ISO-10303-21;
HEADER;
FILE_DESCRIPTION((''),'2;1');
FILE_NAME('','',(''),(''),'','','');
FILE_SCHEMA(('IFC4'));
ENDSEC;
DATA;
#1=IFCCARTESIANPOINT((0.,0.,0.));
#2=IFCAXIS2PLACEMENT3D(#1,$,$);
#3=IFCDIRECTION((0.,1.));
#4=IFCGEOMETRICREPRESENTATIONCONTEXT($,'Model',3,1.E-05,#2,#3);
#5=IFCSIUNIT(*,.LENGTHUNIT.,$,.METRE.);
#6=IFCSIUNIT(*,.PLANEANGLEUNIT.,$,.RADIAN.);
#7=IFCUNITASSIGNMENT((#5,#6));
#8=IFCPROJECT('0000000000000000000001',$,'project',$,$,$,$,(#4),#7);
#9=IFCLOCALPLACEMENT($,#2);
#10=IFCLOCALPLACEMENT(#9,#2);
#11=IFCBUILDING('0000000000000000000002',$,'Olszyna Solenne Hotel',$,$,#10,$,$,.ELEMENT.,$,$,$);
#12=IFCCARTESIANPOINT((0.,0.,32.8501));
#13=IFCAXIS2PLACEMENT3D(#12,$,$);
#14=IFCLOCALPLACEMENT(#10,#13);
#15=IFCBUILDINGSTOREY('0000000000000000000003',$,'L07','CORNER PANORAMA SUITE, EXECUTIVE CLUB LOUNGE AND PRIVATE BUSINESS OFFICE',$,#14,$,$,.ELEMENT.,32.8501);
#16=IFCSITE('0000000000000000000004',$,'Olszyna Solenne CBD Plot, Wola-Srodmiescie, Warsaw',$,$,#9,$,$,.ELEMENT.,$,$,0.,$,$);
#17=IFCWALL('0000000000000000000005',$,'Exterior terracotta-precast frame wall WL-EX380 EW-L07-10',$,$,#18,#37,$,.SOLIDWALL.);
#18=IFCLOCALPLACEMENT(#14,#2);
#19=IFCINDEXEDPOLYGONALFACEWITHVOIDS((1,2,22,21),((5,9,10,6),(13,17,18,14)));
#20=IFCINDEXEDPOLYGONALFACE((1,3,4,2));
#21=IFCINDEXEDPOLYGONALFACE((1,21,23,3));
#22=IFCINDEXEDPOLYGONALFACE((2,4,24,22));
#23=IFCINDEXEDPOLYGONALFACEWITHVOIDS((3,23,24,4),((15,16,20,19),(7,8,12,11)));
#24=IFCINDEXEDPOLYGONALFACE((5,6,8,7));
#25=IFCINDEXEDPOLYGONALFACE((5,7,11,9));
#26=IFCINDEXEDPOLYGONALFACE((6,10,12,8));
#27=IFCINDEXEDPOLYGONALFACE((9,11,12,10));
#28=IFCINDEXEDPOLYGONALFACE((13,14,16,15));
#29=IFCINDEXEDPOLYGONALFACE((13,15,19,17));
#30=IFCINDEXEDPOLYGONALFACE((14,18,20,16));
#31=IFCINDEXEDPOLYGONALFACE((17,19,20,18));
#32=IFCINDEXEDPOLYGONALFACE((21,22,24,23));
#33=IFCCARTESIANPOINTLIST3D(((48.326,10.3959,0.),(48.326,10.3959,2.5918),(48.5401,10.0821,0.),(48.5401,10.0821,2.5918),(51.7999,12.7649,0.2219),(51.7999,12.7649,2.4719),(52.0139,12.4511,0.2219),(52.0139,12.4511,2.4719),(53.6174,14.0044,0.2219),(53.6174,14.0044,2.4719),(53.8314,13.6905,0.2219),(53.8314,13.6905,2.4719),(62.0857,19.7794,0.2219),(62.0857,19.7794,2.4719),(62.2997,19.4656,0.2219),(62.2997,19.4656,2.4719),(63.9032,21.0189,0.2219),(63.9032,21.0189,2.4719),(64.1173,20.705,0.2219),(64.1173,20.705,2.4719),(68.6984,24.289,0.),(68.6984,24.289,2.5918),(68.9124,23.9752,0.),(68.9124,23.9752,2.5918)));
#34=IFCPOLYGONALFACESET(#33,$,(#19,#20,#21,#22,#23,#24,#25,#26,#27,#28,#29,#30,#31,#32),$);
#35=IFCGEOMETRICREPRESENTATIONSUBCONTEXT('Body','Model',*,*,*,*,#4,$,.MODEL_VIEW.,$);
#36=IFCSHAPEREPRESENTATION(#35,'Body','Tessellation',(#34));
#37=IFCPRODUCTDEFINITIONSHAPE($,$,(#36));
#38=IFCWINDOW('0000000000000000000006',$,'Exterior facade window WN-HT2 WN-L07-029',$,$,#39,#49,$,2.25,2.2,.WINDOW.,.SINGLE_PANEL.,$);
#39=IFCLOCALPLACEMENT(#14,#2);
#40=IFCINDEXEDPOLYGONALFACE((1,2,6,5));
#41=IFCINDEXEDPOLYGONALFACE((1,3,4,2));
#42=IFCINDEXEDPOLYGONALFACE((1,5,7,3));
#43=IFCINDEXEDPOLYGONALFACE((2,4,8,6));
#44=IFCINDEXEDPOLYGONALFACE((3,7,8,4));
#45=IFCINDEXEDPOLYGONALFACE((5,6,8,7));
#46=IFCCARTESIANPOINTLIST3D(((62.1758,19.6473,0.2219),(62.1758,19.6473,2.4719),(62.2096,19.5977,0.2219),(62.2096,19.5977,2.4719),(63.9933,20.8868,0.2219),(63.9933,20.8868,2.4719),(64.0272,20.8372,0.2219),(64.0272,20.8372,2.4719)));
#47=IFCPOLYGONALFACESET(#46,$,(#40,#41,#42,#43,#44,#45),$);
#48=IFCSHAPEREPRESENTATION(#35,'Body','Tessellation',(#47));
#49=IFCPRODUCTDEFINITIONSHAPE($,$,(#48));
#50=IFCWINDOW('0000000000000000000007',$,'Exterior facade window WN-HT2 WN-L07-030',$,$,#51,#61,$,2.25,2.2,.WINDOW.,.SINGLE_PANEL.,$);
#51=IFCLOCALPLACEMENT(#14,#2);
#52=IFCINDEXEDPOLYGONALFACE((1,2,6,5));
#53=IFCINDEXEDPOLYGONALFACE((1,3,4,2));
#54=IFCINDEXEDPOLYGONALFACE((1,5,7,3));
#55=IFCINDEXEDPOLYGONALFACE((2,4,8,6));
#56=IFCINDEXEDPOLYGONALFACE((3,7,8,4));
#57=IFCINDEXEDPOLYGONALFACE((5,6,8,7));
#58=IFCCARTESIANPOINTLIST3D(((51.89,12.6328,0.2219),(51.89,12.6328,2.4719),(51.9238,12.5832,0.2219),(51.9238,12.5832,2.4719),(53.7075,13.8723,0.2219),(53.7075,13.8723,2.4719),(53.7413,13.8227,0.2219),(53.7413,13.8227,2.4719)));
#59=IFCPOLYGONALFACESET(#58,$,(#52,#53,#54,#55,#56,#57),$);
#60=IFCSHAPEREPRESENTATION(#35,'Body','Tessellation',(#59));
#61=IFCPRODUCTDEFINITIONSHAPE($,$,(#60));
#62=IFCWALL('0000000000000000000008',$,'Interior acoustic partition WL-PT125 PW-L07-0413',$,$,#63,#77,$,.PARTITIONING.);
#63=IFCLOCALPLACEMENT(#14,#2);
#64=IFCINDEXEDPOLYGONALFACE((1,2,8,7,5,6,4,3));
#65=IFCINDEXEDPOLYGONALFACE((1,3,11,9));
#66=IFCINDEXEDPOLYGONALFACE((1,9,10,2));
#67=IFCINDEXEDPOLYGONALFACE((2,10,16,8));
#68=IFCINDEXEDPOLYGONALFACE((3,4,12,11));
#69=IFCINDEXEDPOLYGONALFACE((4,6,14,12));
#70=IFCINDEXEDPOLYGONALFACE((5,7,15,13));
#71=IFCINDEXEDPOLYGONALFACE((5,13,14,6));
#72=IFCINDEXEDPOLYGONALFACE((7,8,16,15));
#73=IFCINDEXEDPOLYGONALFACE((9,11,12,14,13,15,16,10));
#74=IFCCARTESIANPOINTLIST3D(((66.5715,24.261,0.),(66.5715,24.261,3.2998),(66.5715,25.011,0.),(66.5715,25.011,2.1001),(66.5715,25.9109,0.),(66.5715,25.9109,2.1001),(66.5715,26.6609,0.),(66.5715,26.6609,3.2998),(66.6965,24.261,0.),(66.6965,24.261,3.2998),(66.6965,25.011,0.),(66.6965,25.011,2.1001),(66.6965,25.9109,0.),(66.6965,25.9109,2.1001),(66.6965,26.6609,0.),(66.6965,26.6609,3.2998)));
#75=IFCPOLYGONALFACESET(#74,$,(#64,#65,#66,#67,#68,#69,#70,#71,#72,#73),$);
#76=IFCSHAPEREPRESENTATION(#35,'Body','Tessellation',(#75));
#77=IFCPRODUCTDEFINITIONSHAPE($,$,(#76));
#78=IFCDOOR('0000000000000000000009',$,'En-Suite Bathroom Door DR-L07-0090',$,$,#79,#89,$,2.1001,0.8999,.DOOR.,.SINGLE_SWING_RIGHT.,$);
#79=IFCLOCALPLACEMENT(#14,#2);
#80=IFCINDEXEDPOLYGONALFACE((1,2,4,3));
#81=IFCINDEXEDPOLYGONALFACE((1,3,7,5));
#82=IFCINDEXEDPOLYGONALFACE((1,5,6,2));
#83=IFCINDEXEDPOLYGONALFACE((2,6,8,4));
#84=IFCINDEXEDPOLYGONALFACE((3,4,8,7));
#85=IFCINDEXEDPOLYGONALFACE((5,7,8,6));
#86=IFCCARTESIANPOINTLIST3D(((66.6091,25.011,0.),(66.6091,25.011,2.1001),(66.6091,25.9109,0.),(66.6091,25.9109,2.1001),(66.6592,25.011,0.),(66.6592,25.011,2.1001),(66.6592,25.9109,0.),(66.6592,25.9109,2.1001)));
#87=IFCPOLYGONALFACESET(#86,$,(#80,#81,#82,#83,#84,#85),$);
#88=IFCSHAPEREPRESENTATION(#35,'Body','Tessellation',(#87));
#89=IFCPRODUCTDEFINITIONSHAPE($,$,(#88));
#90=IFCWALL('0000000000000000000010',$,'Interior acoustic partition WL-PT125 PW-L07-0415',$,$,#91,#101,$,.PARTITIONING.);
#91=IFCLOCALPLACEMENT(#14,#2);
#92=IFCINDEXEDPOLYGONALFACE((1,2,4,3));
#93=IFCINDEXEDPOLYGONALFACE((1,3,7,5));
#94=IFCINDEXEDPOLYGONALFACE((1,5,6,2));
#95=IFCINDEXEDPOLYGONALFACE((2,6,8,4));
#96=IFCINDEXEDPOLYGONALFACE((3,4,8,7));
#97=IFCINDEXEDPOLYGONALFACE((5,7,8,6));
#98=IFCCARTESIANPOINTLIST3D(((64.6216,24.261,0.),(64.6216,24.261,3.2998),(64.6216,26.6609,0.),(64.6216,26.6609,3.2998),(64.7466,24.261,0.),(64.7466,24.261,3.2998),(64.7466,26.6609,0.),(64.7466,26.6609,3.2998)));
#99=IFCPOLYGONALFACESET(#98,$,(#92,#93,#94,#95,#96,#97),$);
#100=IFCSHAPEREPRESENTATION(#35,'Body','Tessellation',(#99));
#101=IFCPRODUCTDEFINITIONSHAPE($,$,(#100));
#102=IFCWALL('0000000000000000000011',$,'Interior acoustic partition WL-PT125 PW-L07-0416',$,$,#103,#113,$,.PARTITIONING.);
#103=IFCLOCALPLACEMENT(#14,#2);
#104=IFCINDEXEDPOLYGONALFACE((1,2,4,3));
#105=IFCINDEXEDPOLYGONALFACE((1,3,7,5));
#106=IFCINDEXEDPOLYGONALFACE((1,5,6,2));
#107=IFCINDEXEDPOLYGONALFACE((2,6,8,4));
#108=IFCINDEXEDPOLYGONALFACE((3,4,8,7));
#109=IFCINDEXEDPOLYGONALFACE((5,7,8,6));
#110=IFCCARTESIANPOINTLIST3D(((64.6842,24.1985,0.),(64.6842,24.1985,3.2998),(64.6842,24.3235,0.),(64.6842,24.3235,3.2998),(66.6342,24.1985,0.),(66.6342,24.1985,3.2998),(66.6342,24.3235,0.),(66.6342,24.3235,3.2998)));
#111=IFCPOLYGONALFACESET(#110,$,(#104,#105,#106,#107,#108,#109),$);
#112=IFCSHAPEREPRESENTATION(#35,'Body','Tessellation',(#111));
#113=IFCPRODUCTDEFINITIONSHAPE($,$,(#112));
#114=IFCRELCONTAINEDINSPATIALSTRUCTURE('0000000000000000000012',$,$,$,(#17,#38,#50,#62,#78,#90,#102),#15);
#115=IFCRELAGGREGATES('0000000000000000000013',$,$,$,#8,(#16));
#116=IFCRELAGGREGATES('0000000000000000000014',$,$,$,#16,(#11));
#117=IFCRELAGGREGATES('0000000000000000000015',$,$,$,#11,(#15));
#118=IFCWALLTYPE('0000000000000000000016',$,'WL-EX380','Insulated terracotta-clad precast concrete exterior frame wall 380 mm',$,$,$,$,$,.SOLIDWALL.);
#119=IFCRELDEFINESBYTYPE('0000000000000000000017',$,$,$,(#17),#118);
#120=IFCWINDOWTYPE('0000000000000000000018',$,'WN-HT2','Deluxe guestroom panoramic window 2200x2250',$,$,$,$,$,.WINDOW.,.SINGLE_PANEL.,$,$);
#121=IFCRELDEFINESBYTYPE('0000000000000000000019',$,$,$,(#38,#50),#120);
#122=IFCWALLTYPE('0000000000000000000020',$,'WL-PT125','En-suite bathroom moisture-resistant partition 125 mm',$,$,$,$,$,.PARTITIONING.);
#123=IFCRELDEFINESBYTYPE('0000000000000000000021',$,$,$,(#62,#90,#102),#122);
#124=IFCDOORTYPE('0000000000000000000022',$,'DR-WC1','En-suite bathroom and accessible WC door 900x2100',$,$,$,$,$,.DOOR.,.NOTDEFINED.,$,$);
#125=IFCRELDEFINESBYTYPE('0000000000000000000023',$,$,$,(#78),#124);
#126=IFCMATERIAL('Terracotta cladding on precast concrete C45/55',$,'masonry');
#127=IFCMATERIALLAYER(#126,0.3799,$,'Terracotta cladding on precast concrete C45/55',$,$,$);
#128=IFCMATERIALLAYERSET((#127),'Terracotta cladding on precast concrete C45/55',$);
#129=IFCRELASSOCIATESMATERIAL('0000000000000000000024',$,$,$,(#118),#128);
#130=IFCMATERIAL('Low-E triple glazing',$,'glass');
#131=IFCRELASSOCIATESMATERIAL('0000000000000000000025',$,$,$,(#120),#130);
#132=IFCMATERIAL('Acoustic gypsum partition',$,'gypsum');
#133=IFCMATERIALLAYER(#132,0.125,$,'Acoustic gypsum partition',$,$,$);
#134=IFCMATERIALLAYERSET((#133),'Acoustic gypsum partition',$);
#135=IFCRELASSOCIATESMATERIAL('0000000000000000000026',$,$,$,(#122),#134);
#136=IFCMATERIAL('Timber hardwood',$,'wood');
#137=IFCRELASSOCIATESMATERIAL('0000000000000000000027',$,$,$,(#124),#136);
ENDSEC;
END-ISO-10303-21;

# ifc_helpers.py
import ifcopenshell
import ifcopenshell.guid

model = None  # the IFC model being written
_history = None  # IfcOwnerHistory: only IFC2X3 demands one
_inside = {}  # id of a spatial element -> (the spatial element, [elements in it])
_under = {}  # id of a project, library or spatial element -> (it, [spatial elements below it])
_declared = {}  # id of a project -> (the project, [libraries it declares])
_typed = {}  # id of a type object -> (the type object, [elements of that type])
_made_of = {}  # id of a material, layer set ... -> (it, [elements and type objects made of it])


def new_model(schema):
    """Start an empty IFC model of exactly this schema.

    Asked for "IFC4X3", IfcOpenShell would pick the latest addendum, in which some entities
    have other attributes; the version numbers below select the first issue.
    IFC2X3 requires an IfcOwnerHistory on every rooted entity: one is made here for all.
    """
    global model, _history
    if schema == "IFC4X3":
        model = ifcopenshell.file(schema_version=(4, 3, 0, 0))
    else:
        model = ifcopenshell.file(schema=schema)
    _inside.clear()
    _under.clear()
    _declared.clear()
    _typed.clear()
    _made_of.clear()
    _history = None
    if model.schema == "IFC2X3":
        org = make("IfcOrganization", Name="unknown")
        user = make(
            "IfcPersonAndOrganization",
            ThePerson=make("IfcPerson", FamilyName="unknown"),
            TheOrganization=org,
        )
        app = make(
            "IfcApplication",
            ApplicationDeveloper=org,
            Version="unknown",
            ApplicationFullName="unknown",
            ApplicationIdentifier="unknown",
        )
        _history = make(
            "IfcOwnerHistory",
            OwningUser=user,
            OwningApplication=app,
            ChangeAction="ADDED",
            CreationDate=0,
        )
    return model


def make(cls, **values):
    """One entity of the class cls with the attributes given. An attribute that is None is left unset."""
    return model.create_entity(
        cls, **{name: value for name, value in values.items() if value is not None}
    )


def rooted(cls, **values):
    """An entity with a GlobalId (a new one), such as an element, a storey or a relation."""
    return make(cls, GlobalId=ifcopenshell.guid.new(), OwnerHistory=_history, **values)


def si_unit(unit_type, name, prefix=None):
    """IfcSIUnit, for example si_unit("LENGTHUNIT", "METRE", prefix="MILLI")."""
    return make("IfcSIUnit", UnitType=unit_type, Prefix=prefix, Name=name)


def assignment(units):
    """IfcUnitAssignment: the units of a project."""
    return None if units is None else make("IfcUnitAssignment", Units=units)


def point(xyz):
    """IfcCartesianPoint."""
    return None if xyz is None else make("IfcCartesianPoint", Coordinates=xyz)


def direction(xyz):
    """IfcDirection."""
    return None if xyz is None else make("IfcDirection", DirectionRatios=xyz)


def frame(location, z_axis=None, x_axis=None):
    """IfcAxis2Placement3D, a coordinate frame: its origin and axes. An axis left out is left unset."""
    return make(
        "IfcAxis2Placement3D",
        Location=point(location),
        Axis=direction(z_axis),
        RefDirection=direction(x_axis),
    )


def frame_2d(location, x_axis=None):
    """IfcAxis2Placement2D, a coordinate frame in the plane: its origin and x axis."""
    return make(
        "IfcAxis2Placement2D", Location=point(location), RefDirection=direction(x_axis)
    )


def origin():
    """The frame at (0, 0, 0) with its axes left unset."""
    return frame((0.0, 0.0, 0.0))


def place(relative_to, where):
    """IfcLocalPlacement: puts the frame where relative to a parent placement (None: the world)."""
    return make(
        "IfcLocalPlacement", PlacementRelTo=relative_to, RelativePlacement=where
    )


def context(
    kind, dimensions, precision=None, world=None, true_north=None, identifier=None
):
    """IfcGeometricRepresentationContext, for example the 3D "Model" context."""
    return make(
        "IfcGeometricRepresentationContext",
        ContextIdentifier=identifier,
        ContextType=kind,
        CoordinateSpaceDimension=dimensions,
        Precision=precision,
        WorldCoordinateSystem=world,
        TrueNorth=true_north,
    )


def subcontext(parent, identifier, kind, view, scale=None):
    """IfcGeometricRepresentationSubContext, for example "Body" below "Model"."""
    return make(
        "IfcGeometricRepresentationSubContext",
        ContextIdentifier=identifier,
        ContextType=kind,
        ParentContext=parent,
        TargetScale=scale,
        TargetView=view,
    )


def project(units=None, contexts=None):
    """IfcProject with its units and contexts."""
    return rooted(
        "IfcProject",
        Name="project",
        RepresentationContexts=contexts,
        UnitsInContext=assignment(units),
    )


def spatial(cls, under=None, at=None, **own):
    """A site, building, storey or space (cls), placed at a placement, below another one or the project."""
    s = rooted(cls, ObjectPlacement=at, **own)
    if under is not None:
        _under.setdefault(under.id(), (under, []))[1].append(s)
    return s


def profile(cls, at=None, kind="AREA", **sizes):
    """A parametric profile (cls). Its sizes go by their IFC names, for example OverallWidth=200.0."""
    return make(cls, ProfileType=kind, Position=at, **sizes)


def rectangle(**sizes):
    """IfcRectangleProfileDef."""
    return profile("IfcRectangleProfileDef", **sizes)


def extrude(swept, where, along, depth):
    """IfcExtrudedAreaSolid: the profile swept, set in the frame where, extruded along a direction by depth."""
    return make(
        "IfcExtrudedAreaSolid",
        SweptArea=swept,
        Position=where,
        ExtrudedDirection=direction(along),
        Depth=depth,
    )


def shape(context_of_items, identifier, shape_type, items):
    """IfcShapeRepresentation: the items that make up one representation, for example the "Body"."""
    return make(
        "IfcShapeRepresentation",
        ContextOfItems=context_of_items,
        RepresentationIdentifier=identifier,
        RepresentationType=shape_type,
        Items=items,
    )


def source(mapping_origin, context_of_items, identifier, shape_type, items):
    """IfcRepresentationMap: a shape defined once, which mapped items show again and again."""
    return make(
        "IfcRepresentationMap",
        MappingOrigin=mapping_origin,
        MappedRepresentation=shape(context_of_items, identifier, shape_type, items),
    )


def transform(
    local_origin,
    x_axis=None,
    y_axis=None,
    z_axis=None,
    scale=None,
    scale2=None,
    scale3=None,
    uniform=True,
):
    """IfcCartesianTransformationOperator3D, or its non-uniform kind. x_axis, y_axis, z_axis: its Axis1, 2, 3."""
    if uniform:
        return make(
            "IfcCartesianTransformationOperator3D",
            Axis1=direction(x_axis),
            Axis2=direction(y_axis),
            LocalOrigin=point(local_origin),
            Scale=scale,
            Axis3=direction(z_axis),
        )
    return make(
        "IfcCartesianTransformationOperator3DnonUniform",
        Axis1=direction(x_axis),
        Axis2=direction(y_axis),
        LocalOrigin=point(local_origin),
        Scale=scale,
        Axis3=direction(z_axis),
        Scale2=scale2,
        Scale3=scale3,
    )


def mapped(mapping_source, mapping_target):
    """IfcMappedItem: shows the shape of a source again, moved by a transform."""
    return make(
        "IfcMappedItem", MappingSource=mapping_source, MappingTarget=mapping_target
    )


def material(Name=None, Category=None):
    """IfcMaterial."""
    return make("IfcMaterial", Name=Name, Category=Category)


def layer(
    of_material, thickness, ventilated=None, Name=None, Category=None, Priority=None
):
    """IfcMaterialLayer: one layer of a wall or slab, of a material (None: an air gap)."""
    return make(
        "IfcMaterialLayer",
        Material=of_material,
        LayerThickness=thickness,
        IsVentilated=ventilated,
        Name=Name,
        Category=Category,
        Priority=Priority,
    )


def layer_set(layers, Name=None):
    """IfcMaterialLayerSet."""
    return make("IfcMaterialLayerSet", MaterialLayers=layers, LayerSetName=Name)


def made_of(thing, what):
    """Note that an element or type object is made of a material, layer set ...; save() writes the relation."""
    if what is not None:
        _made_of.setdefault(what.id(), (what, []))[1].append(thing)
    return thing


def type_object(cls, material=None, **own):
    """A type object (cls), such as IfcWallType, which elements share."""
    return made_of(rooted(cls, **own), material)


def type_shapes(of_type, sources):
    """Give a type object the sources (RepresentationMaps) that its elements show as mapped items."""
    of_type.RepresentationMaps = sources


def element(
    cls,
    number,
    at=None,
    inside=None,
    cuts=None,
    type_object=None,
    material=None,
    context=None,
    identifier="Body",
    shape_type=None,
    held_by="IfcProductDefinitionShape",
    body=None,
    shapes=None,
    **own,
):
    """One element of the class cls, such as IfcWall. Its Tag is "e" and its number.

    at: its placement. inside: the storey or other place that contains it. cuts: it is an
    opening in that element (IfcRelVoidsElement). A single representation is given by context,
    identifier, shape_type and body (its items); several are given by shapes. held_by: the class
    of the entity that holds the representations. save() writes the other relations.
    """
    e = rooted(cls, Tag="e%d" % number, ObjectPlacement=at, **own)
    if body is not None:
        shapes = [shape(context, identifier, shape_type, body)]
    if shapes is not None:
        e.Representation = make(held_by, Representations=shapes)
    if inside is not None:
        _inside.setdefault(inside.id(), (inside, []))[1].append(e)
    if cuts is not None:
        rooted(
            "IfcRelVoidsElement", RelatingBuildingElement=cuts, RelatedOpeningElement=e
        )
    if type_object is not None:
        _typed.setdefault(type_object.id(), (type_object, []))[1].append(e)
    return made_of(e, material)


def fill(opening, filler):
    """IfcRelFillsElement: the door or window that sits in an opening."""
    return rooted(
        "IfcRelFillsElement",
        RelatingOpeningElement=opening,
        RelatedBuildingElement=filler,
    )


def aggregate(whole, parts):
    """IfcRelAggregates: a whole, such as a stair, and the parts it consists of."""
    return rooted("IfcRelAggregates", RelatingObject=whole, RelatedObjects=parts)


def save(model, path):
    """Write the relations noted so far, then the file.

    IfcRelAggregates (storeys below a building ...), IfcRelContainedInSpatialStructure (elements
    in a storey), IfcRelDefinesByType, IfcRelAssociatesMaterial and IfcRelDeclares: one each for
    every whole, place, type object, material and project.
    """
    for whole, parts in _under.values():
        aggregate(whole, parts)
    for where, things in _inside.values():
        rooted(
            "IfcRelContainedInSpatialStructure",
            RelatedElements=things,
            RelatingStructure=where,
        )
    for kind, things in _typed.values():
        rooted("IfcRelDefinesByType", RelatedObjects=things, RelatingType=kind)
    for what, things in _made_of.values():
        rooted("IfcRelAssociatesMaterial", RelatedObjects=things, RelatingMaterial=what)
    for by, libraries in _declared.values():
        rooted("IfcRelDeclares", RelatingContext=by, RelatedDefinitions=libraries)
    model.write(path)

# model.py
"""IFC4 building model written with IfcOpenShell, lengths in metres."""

from ifc_helpers import new_model, si_unit, direction, frame, frame_2d, origin, place, context, subcontext, project, spatial, rectangle, extrude, source, transform, mapped, material, layer, layer_set, type_object, type_shapes, element, fill, save


model = new_model("IFC4")

# Units and contexts
model_context = context("Model", 3, precision=1e-05, world=origin(), true_north=direction((0.0, 1.0)))
body_context = subcontext(model_context, "Body", "Model", "MODEL_VIEW")
ifc_project = project(units=[si_unit("LENGTHUNIT", "METRE"), si_unit("PLANEANGLEUNIT", "RADIAN")], contexts=[model_context])

# Site, building, storey
site_placement = place(None, origin())
site = spatial("IfcSite", under=ifc_project, at=site_placement, Name="Olszyna Solenne CBD Plot, Wola-Srodmiescie, Warsaw", CompositionType="ELEMENT", RefElevation=0.0)
building_placement = place(site_placement, origin())
building = spatial("IfcBuilding", under=site, at=building_placement, Name="Olszyna Solenne Hotel", CompositionType="ELEMENT")
storey_placement = place(building_placement, frame((0.0, 0.0, 32.8501)))
storey = spatial("IfcBuildingStorey", under=building, at=storey_placement, Name="L07", Description="CORNER PANORAMA SUITE, EXECUTIVE CLUB LOUNGE AND PRIVATE BUSINESS OFFICE", CompositionType="ELEMENT", Elevation=32.8501)

# Wall, openings, windows
ifc_material_1 = material(Name="Terracotta cladding on precast concrete C45/55", Category="masonry")
ifc_layer_1 = layer(ifc_material_1, 0.3799, Name="Terracotta cladding on precast concrete C45/55")
ifc_layer_set_1 = layer_set([ifc_layer_1], Name="Terracotta cladding on precast concrete C45/55")
wall_type_1 = type_object("IfcWallType", Name="WL-EX380", Description="Insulated terracotta-clad precast concrete exterior frame wall 380 mm", PredefinedType="SOLIDWALL", material=ifc_layer_set_1)
wall_1_placement = place(storey_placement, frame((68.8054, 24.1321, 0.0), z_axis=(0.0, 0.0, 1.0), x_axis=(-0.826174, -0.563416, 0.0)))
wall_1 = element("IfcWall", 1, at=wall_1_placement, inside=storey, type_object=wall_type_1, Name="Exterior terracotta-precast frame wall WL-EX380 EW-L07-10", PredefinedType="SOLIDWALL", context=body_context, shape_type="SweptSolid", body=[
    extrude(rectangle(XDim=24.6587, YDim=0.3799, at=frame_2d((12.3293, 0.0))), origin(), (0.0, 0.0, 1.0), 2.5918),
])
opening_1_placement = place(wall_1_placement, frame((5.804, 0.0, 0.2219)))
opening_1 = element("IfcOpeningElement", 2, at=opening_1_placement, cuts=wall_1, PredefinedType="OPENING", context=body_context, shape_type="SweptSolid", body=[
    extrude(rectangle(XDim=2.2, YDim=2.25, at=frame_2d((1.1001, 1.125))), frame((0.0, 0.2, 0.0), z_axis=(0.0, -1.0, 0.0), x_axis=(1.0, 0.0, 0.0)), (0.0, 0.0, 1.0), 0.3999),
])
opening_2_placement = place(wall_1_placement, frame((18.2539, 0.0, 0.2219)))
opening_2 = element("IfcOpeningElement", 3, at=opening_2_placement, cuts=wall_1, PredefinedType="OPENING", context=body_context, shape_type="SweptSolid", body=[
    extrude(rectangle(XDim=2.2, YDim=2.25, at=frame_2d((1.1001, 1.125))), frame((0.0, 0.2, 0.0), z_axis=(0.0, -1.0, 0.0), x_axis=(1.0, 0.0, 0.0)), (0.0, 0.0, 1.0), 0.3999),
])
ifc_material_2 = material(Name="Low-E triple glazing", Category="glass")
window_type = type_object("IfcWindowType", Name="WN-HT2", Description="Deluxe guestroom panoramic window 2200x2250", PartitioningType="SINGLE_PANEL", PredefinedType="WINDOW", material=ifc_material_2)
shared_shape_1 = source(origin(), body_context, "Body", "SweptSolid", [
    extrude(rectangle(XDim=2.2, YDim=2.25, at=frame_2d((1.1001, 1.125))), frame((0.0, 0.03, 0.0), z_axis=(0.0, -1.0, 0.0), x_axis=(1.0, 0.0, 0.0)), (0.0, 0.0, 1.0), 0.0601),
])
type_shapes(window_type, [shared_shape_1])
window_1_placement = place(opening_1_placement, origin())
window_1 = element("IfcWindow", 4, at=window_1_placement, inside=storey, type_object=window_type, Name="Exterior facade window WN-HT2 WN-L07-029", OverallHeight=2.25, OverallWidth=2.2, PartitioningType="SINGLE_PANEL", PredefinedType="WINDOW", context=body_context, shape_type="MappedRepresentation", body=[
    mapped(shared_shape_1, transform((0.0, 0.0, 0.0), x_axis=(1.0, 0.0, 0.0), y_axis=(0.0, 1.0, 0.0), z_axis=(0.0, 0.0, 1.0), scale=1.0)),
])
fill(opening_1, window_1)
window_2_placement = place(opening_2_placement, origin())
window_2 = element("IfcWindow", 5, at=window_2_placement, inside=storey, type_object=window_type, Name="Exterior facade window WN-HT2 WN-L07-030", OverallHeight=2.25, OverallWidth=2.2, PartitioningType="SINGLE_PANEL", PredefinedType="WINDOW", context=body_context, shape_type="MappedRepresentation", body=[
    mapped(shared_shape_1, transform((0.0, 0.0, 0.0), x_axis=(1.0, 0.0, 0.0), y_axis=(0.0, 1.0, 0.0), z_axis=(0.0, 0.0, 1.0), scale=1.0)),
])
fill(opening_2, window_2)

# Wall, opening, door
ifc_material_3 = material(Name="Acoustic gypsum partition", Category="gypsum")
ifc_layer_2 = layer(ifc_material_3, 0.125, Name="Acoustic gypsum partition")
ifc_layer_set_2 = layer_set([ifc_layer_2], Name="Acoustic gypsum partition")
wall_type_2 = type_object("IfcWallType", Name="WL-PT125", Description="En-suite bathroom moisture-resistant partition 125 mm", PredefinedType="PARTITIONING", material=ifc_layer_set_2)
wall_2_placement = place(storey_placement, frame((66.634, 24.261, 0.0), z_axis=(0.0, 0.0, 1.0), x_axis=(0.0, 1.0, 0.0)))
wall_2 = element("IfcWall", 6, at=wall_2_placement, inside=storey, type_object=wall_type_2, Name="Interior acoustic partition WL-PT125 PW-L07-0413", PredefinedType="PARTITIONING", context=body_context, shape_type="SweptSolid", body=[
    extrude(rectangle(XDim=2.3999, YDim=0.125, at=frame_2d((1.2, 0.0))), origin(), (0.0, 0.0, 1.0), 3.2998),
])
opening_3_placement = place(wall_2_placement, frame((0.75, 0.0, 0.0)))
opening_3 = element("IfcOpeningElement", 7, at=opening_3_placement, cuts=wall_2, PredefinedType="OPENING", context=body_context, shape_type="SweptSolid", body=[
    extrude(rectangle(XDim=0.8999, YDim=2.1001, at=frame_2d((0.45, 1.05))), frame((0.0, 0.0725, 0.0), z_axis=(0.0, -1.0, 0.0), x_axis=(1.0, 0.0, 0.0)), (0.0, 0.0, 1.0), 0.145),
])
ifc_material_4 = material(Name="Timber hardwood", Category="wood")
door_type = type_object("IfcDoorType", Name="DR-WC1", Description="En-suite bathroom and accessible WC door 900x2100", OperationType="NOTDEFINED", PredefinedType="DOOR", material=ifc_material_4)
shared_shape_2 = source(origin(), body_context, "Body", "SweptSolid", [
    extrude(rectangle(XDim=0.8999, YDim=2.1001, at=frame_2d((0.45, 1.05))), frame((0.0, 0.0249, 0.0), z_axis=(0.0, -1.0, 0.0), x_axis=(1.0, 0.0, 0.0)), (0.0, 0.0, 1.0), 0.05),
])
type_shapes(door_type, [shared_shape_2])
door_placement = place(opening_3_placement, origin())
door = element("IfcDoor", 8, at=door_placement, inside=storey, type_object=door_type, Name="En-Suite Bathroom Door DR-L07-0090", OperationType="SINGLE_SWING_RIGHT", OverallHeight=2.1001, OverallWidth=0.8999, PredefinedType="DOOR", context=body_context, shape_type="MappedRepresentation", body=[
    mapped(shared_shape_2, transform((0.0, 0.0, 0.0), x_axis=(1.0, 0.0, 0.0), y_axis=(0.0, 1.0, 0.0), z_axis=(0.0, 0.0, 1.0), scale=1.0)),
])
fill(opening_3, door)

# Walls
wall_3_placement = place(storey_placement, frame((64.6841, 26.6609, 0.0), z_axis=(0.0, 0.0, 1.0), x_axis=(0.0, -1.0, 0.0)))
element("IfcWall", 9, at=wall_3_placement, inside=storey, type_object=wall_type_2, Name="Interior acoustic partition WL-PT125 PW-L07-0415", PredefinedType="PARTITIONING", context=body_context, shape_type="SweptSolid", body=[
    extrude(rectangle(XDim=2.3999, YDim=0.125, at=frame_2d((1.2, 0.0))), origin(), (0.0, 0.0, 1.0), 3.2998),
])
wall_4_placement = place(storey_placement, frame((64.6841, 24.261, 0.0), z_axis=(0.0, 0.0, 1.0), x_axis=(1.0, 0.0, 0.0)))
element("IfcWall", 10, at=wall_4_placement, inside=storey, type_object=wall_type_2, Name="Interior acoustic partition WL-PT125 PW-L07-0416", PredefinedType="PARTITIONING", context=body_context, shape_type="SweptSolid", body=[
    extrude(rectangle(XDim=1.95, YDim=0.125, at=frame_2d((0.9751, 0.0))), origin(), (0.0, 0.0, 1.0), 3.2998),
])

save(model, "model.ifc")
